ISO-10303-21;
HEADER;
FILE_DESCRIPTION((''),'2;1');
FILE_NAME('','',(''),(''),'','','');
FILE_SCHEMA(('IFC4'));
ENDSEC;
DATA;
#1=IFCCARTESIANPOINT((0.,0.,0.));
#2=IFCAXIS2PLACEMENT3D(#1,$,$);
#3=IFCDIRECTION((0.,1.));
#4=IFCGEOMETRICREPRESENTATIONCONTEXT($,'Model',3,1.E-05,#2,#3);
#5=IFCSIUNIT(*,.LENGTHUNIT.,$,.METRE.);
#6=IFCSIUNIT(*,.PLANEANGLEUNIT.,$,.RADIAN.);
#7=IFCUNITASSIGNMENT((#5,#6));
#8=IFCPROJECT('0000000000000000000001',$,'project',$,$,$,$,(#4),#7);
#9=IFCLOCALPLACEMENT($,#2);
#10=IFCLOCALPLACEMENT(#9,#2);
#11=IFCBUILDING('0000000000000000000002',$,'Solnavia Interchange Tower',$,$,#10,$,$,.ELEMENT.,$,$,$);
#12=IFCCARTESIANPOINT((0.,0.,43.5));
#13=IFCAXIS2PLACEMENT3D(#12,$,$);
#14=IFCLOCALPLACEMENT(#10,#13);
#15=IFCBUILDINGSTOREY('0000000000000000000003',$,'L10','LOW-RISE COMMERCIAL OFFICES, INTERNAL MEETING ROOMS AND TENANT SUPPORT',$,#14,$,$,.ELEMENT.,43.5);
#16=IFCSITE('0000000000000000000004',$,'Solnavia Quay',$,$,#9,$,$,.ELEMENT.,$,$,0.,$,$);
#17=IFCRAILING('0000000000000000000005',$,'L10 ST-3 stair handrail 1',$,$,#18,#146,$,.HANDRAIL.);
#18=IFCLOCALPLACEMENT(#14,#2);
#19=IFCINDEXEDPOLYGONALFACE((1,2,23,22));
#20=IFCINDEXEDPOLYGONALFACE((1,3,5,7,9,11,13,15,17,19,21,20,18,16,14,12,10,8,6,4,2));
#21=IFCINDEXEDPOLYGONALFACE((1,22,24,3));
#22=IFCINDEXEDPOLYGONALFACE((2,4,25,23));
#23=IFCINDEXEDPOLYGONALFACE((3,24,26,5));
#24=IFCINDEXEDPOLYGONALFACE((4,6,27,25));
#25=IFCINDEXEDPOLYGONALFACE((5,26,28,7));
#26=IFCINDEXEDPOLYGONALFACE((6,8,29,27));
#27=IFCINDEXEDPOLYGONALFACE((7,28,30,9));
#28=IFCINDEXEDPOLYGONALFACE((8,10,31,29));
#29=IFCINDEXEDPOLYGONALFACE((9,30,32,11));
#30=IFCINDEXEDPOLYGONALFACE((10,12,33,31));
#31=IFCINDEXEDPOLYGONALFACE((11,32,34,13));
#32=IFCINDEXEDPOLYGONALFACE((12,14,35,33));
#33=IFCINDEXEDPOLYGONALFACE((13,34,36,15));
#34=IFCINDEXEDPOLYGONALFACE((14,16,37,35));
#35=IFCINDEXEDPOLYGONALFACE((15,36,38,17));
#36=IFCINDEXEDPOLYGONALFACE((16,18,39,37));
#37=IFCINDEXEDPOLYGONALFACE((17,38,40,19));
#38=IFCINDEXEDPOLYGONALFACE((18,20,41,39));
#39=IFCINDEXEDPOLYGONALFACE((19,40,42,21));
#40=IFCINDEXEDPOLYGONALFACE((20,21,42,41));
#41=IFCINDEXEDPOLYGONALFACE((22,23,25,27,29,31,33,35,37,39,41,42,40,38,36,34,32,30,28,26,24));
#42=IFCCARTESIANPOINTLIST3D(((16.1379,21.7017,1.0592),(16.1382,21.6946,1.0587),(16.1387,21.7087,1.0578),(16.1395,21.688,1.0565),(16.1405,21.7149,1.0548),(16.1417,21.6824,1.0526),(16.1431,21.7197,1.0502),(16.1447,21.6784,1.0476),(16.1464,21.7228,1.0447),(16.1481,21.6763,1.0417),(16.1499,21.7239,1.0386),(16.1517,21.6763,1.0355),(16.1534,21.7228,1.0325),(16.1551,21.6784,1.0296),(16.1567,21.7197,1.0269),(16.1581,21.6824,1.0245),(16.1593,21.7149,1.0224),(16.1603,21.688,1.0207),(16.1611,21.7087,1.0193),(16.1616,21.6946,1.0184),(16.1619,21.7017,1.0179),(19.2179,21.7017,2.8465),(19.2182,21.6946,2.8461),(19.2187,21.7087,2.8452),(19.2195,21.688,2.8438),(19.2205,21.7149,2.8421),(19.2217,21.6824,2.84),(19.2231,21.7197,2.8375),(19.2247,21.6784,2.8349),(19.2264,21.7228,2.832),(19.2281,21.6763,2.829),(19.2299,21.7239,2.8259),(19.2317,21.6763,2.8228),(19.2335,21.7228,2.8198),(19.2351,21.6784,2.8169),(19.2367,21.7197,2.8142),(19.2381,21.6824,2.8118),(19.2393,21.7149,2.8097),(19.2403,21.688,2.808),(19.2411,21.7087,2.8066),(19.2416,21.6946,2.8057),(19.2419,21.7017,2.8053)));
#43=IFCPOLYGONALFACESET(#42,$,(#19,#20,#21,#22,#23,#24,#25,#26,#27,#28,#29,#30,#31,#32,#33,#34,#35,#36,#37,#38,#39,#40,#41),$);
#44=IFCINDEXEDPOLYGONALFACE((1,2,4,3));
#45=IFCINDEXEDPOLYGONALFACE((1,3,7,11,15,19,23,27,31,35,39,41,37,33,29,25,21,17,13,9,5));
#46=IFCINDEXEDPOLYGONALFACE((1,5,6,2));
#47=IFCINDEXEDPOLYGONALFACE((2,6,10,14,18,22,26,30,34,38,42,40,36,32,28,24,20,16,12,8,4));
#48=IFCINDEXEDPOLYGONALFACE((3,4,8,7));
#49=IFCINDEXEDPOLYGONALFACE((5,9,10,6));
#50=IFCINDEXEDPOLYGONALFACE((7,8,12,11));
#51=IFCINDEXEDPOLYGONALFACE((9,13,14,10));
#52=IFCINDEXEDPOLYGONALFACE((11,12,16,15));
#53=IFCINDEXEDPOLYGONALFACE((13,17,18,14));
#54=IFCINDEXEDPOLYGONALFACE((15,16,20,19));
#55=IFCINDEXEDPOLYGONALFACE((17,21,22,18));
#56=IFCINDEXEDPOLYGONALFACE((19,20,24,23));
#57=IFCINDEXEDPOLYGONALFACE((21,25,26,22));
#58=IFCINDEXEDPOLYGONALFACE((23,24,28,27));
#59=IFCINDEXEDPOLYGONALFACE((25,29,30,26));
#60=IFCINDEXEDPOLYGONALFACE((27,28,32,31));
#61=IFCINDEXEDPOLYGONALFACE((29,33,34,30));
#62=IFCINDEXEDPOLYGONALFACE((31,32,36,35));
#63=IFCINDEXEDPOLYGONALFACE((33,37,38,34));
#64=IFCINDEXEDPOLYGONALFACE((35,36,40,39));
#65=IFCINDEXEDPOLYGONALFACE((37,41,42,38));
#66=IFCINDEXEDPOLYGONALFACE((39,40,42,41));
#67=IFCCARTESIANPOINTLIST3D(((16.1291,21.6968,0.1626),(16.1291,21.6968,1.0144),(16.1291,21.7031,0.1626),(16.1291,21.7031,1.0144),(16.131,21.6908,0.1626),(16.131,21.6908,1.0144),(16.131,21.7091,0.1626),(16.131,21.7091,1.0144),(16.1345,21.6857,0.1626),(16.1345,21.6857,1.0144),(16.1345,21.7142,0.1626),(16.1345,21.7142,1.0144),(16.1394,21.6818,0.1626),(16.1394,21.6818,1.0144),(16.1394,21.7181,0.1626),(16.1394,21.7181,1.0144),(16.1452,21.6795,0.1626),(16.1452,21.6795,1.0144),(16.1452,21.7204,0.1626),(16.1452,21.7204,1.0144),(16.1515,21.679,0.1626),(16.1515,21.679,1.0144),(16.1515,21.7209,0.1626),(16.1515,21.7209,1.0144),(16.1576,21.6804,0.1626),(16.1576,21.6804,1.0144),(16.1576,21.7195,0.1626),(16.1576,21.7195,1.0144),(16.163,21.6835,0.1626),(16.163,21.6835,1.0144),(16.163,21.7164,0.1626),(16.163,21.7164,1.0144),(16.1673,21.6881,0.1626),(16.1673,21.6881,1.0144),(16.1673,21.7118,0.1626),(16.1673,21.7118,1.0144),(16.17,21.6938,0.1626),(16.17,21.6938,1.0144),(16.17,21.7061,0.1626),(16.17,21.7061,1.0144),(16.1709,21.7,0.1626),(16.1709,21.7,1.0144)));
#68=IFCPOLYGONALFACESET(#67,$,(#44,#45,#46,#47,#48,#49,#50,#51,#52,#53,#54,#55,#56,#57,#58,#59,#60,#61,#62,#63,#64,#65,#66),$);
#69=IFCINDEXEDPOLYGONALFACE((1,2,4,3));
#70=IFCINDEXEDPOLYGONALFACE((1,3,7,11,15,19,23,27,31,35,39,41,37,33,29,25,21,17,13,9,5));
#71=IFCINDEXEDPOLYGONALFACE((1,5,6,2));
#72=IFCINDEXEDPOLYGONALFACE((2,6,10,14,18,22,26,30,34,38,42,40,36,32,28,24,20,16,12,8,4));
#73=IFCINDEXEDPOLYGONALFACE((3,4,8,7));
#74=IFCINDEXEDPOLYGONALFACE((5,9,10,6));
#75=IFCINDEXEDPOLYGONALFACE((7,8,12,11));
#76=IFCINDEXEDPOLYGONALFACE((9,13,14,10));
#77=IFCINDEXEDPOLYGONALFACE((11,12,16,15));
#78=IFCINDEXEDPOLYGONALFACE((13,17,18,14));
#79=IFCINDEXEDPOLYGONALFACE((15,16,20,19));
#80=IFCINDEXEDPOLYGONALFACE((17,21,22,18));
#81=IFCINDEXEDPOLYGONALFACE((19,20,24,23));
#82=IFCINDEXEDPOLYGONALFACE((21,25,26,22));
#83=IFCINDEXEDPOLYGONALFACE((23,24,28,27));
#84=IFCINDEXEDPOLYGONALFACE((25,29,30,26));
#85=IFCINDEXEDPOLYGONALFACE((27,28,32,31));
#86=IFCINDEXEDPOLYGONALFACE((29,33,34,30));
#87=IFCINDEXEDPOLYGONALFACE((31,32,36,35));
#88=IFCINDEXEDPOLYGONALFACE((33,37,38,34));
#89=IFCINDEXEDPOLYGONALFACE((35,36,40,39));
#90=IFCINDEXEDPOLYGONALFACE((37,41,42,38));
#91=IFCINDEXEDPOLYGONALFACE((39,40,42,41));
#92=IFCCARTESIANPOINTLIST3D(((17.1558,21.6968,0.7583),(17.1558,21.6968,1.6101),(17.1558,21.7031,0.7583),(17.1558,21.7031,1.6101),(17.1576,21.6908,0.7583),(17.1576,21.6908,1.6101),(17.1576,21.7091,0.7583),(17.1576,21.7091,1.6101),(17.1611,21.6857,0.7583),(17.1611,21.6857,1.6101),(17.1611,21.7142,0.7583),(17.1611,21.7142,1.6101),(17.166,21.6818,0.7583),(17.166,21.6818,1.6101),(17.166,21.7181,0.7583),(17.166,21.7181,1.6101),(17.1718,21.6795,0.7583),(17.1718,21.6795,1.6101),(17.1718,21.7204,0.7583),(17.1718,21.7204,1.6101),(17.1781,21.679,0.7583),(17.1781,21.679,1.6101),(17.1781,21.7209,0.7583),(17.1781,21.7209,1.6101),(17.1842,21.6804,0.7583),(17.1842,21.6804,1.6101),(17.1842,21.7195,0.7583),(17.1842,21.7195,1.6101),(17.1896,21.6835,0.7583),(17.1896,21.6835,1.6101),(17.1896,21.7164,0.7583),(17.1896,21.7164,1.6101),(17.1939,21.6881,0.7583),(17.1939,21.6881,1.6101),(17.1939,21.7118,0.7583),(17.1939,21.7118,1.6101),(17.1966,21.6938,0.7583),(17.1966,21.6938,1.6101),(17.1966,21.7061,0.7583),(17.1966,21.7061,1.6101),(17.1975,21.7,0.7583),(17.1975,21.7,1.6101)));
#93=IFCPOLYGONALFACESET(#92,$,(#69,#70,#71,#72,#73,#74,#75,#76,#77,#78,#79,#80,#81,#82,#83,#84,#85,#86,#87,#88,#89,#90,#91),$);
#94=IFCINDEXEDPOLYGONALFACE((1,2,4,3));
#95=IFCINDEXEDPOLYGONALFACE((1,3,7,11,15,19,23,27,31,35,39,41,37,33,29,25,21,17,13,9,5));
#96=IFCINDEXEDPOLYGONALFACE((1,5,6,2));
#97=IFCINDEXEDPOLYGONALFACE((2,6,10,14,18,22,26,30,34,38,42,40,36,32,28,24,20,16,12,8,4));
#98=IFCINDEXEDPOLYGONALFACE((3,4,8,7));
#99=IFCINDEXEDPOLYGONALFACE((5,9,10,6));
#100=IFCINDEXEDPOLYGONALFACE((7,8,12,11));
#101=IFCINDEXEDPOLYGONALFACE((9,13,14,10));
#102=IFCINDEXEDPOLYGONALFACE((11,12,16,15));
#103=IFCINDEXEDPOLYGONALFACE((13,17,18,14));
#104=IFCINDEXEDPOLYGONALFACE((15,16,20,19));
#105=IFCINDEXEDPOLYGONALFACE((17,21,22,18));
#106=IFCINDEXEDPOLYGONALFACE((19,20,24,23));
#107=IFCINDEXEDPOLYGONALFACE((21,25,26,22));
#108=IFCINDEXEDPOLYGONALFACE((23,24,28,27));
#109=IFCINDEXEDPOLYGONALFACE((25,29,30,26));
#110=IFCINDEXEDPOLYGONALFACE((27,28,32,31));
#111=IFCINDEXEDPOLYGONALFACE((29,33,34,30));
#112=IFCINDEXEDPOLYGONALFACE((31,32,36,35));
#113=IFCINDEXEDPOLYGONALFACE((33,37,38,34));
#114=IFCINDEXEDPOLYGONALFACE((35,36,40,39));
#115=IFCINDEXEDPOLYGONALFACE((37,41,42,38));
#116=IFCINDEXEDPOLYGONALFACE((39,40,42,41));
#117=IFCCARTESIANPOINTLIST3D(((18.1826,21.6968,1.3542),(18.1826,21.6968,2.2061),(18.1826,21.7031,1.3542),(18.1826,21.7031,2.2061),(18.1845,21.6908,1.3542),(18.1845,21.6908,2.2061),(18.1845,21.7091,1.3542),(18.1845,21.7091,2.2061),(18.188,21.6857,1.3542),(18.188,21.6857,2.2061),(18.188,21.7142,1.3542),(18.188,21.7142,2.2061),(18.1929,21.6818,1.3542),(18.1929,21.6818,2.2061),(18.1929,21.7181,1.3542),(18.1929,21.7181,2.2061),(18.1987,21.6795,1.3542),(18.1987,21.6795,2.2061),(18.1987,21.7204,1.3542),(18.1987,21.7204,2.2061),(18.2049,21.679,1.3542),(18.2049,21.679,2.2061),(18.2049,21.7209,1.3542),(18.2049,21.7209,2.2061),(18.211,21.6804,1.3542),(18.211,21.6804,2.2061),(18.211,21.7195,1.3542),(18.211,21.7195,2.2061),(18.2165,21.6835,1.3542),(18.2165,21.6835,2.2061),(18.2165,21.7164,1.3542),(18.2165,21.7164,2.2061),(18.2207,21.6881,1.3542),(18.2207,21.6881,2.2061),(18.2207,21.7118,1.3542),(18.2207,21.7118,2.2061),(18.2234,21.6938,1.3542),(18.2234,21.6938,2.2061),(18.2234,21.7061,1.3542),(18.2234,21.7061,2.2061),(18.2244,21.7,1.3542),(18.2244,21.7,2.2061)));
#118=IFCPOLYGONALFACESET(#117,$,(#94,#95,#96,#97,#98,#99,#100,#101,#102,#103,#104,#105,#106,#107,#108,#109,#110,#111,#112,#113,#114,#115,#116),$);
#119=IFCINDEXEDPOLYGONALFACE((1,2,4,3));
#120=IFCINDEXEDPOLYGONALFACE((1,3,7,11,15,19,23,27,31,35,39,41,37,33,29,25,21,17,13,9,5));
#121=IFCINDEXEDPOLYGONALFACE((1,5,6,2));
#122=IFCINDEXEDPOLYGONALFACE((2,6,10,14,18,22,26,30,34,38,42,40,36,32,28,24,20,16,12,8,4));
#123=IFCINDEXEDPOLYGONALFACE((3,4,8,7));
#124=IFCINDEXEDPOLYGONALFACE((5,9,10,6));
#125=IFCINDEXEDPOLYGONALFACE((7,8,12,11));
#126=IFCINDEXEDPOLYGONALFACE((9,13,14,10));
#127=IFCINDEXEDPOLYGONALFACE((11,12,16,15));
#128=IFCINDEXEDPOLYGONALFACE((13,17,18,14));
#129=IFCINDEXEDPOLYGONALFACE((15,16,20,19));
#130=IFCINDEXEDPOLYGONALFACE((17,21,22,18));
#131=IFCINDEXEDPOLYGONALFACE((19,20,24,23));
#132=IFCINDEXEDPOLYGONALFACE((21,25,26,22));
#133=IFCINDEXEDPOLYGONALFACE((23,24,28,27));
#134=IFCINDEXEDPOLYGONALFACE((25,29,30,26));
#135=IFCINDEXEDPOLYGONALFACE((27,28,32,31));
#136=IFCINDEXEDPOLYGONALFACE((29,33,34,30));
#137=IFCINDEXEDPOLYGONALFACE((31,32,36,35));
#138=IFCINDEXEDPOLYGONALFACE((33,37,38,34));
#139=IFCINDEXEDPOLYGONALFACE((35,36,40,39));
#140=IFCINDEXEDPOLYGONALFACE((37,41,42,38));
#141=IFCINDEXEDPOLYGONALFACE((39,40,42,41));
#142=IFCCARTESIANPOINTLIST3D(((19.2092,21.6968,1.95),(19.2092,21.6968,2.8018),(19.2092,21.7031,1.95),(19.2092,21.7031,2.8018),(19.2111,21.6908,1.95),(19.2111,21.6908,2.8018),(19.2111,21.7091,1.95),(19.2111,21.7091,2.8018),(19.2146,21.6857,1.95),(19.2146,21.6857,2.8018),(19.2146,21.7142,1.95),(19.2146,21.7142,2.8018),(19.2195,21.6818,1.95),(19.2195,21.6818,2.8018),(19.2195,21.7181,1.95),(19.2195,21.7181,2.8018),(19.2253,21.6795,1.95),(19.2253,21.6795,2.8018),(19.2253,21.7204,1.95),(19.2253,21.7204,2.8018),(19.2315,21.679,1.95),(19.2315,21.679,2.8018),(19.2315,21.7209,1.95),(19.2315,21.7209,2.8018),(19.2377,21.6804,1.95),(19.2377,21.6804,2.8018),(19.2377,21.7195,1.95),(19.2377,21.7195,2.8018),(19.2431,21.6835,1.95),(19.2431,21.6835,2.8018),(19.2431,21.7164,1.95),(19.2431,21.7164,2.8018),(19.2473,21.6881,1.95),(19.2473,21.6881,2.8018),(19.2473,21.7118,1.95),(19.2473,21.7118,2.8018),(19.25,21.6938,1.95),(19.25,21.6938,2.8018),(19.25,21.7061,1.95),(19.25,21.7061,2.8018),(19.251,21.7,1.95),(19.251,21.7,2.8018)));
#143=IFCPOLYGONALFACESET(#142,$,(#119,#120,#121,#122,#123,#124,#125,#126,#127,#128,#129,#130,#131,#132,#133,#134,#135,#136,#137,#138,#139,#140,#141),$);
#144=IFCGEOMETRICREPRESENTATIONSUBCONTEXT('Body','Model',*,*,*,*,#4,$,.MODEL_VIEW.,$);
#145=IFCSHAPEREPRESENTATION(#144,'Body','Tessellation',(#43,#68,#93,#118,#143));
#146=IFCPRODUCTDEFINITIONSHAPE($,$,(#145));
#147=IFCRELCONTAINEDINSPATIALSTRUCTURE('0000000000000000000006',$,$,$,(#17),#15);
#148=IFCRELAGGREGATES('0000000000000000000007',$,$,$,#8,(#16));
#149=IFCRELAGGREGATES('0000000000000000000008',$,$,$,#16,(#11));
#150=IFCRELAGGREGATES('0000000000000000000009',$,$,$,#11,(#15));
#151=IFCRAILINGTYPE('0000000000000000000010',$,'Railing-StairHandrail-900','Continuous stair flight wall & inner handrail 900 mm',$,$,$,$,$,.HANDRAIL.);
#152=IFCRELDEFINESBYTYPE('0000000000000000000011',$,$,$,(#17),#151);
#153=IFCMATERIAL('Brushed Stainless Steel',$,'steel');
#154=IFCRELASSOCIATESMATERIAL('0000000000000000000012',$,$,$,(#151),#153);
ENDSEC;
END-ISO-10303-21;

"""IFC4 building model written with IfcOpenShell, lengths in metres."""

from ifc_helpers import new_model, si_unit, direction, frame, origin, origin_2d, place, context, subcontext, project, spatial, circle, extrude, material, type_object, element, save


model = new_model("IFC4")

# Units and contexts
model_context = context("Model", 3, precision=1e-05, world=origin(), true_north=direction((0.0, 1.0)))
body_context = subcontext(model_context, "Body", "Model", "MODEL_VIEW")
ifc_project = project(units=[si_unit("LENGTHUNIT", "METRE"), si_unit("PLANEANGLEUNIT", "RADIAN")], contexts=[model_context])

# Site, building, storey
site_placement = place(None, origin())
site = spatial("IfcSite", under=ifc_project, at=site_placement, Name="Solnavia Quay", CompositionType="ELEMENT", RefElevation=0.0)
building_placement = place(site_placement, origin())
building = spatial("IfcBuilding", under=site, at=building_placement, Name="Solnavia Interchange Tower", CompositionType="ELEMENT")
storey_placement = place(building_placement, frame((0.0, 0.0, 43.5)))
storey = spatial("IfcBuildingStorey", under=building, at=storey_placement, Name="L10", Description="LOW-RISE COMMERCIAL OFFICES, INTERNAL MEETING ROOMS AND TENANT SUPPORT", CompositionType="ELEMENT", Elevation=43.5)

# Railing
ifc_material_1 = material(Name="Brushed Stainless Steel", Category="steel")
railing_type_1 = type_object("IfcRailingType", Name="Railing-StairHandrail-900", Description="Continuous stair flight wall & inner handrail 900 mm", PredefinedType="HANDRAIL", material=ifc_material_1)
railing_1_placement = place(storey_placement, frame((16.1499, 21.7, 0.1626)))
element("IfcRailing", 1, at=railing_1_placement, inside=storey, type_object=railing_type_1, Name="L10 ST-3 stair handrail 1", PredefinedType="HANDRAIL", context=body_context, shape_type="SweptSolid", body=[
    extrude(circle(Radius=0.0239, at=origin_2d()), frame((0.0, 0.0, 0.876), z_axis=(0.86492, 0.0, 0.501909), x_axis=(0.0, 1.0, 0.0)), (0.0, 0.0, 1.0), 3.561),
    extrude(circle(Radius=0.021, at=origin_2d()), origin(), (0.0, 0.0, 1.0), 0.8518),
    extrude(circle(Radius=0.021, at=origin_2d()), frame((1.0266, 0.0, 0.5957)), (0.0, 0.0, 1.0), 0.8518),
    extrude(circle(Radius=0.021, at=origin_2d()), frame((2.0535, 0.0, 1.1917)), (0.0, 0.0, 1.0), 0.8518),
    extrude(circle(Radius=0.021, at=origin_2d()), frame((3.0801, 0.0, 1.7874)), (0.0, 0.0, 1.0), 0.8518),
])

save(model, "model.ifc")
